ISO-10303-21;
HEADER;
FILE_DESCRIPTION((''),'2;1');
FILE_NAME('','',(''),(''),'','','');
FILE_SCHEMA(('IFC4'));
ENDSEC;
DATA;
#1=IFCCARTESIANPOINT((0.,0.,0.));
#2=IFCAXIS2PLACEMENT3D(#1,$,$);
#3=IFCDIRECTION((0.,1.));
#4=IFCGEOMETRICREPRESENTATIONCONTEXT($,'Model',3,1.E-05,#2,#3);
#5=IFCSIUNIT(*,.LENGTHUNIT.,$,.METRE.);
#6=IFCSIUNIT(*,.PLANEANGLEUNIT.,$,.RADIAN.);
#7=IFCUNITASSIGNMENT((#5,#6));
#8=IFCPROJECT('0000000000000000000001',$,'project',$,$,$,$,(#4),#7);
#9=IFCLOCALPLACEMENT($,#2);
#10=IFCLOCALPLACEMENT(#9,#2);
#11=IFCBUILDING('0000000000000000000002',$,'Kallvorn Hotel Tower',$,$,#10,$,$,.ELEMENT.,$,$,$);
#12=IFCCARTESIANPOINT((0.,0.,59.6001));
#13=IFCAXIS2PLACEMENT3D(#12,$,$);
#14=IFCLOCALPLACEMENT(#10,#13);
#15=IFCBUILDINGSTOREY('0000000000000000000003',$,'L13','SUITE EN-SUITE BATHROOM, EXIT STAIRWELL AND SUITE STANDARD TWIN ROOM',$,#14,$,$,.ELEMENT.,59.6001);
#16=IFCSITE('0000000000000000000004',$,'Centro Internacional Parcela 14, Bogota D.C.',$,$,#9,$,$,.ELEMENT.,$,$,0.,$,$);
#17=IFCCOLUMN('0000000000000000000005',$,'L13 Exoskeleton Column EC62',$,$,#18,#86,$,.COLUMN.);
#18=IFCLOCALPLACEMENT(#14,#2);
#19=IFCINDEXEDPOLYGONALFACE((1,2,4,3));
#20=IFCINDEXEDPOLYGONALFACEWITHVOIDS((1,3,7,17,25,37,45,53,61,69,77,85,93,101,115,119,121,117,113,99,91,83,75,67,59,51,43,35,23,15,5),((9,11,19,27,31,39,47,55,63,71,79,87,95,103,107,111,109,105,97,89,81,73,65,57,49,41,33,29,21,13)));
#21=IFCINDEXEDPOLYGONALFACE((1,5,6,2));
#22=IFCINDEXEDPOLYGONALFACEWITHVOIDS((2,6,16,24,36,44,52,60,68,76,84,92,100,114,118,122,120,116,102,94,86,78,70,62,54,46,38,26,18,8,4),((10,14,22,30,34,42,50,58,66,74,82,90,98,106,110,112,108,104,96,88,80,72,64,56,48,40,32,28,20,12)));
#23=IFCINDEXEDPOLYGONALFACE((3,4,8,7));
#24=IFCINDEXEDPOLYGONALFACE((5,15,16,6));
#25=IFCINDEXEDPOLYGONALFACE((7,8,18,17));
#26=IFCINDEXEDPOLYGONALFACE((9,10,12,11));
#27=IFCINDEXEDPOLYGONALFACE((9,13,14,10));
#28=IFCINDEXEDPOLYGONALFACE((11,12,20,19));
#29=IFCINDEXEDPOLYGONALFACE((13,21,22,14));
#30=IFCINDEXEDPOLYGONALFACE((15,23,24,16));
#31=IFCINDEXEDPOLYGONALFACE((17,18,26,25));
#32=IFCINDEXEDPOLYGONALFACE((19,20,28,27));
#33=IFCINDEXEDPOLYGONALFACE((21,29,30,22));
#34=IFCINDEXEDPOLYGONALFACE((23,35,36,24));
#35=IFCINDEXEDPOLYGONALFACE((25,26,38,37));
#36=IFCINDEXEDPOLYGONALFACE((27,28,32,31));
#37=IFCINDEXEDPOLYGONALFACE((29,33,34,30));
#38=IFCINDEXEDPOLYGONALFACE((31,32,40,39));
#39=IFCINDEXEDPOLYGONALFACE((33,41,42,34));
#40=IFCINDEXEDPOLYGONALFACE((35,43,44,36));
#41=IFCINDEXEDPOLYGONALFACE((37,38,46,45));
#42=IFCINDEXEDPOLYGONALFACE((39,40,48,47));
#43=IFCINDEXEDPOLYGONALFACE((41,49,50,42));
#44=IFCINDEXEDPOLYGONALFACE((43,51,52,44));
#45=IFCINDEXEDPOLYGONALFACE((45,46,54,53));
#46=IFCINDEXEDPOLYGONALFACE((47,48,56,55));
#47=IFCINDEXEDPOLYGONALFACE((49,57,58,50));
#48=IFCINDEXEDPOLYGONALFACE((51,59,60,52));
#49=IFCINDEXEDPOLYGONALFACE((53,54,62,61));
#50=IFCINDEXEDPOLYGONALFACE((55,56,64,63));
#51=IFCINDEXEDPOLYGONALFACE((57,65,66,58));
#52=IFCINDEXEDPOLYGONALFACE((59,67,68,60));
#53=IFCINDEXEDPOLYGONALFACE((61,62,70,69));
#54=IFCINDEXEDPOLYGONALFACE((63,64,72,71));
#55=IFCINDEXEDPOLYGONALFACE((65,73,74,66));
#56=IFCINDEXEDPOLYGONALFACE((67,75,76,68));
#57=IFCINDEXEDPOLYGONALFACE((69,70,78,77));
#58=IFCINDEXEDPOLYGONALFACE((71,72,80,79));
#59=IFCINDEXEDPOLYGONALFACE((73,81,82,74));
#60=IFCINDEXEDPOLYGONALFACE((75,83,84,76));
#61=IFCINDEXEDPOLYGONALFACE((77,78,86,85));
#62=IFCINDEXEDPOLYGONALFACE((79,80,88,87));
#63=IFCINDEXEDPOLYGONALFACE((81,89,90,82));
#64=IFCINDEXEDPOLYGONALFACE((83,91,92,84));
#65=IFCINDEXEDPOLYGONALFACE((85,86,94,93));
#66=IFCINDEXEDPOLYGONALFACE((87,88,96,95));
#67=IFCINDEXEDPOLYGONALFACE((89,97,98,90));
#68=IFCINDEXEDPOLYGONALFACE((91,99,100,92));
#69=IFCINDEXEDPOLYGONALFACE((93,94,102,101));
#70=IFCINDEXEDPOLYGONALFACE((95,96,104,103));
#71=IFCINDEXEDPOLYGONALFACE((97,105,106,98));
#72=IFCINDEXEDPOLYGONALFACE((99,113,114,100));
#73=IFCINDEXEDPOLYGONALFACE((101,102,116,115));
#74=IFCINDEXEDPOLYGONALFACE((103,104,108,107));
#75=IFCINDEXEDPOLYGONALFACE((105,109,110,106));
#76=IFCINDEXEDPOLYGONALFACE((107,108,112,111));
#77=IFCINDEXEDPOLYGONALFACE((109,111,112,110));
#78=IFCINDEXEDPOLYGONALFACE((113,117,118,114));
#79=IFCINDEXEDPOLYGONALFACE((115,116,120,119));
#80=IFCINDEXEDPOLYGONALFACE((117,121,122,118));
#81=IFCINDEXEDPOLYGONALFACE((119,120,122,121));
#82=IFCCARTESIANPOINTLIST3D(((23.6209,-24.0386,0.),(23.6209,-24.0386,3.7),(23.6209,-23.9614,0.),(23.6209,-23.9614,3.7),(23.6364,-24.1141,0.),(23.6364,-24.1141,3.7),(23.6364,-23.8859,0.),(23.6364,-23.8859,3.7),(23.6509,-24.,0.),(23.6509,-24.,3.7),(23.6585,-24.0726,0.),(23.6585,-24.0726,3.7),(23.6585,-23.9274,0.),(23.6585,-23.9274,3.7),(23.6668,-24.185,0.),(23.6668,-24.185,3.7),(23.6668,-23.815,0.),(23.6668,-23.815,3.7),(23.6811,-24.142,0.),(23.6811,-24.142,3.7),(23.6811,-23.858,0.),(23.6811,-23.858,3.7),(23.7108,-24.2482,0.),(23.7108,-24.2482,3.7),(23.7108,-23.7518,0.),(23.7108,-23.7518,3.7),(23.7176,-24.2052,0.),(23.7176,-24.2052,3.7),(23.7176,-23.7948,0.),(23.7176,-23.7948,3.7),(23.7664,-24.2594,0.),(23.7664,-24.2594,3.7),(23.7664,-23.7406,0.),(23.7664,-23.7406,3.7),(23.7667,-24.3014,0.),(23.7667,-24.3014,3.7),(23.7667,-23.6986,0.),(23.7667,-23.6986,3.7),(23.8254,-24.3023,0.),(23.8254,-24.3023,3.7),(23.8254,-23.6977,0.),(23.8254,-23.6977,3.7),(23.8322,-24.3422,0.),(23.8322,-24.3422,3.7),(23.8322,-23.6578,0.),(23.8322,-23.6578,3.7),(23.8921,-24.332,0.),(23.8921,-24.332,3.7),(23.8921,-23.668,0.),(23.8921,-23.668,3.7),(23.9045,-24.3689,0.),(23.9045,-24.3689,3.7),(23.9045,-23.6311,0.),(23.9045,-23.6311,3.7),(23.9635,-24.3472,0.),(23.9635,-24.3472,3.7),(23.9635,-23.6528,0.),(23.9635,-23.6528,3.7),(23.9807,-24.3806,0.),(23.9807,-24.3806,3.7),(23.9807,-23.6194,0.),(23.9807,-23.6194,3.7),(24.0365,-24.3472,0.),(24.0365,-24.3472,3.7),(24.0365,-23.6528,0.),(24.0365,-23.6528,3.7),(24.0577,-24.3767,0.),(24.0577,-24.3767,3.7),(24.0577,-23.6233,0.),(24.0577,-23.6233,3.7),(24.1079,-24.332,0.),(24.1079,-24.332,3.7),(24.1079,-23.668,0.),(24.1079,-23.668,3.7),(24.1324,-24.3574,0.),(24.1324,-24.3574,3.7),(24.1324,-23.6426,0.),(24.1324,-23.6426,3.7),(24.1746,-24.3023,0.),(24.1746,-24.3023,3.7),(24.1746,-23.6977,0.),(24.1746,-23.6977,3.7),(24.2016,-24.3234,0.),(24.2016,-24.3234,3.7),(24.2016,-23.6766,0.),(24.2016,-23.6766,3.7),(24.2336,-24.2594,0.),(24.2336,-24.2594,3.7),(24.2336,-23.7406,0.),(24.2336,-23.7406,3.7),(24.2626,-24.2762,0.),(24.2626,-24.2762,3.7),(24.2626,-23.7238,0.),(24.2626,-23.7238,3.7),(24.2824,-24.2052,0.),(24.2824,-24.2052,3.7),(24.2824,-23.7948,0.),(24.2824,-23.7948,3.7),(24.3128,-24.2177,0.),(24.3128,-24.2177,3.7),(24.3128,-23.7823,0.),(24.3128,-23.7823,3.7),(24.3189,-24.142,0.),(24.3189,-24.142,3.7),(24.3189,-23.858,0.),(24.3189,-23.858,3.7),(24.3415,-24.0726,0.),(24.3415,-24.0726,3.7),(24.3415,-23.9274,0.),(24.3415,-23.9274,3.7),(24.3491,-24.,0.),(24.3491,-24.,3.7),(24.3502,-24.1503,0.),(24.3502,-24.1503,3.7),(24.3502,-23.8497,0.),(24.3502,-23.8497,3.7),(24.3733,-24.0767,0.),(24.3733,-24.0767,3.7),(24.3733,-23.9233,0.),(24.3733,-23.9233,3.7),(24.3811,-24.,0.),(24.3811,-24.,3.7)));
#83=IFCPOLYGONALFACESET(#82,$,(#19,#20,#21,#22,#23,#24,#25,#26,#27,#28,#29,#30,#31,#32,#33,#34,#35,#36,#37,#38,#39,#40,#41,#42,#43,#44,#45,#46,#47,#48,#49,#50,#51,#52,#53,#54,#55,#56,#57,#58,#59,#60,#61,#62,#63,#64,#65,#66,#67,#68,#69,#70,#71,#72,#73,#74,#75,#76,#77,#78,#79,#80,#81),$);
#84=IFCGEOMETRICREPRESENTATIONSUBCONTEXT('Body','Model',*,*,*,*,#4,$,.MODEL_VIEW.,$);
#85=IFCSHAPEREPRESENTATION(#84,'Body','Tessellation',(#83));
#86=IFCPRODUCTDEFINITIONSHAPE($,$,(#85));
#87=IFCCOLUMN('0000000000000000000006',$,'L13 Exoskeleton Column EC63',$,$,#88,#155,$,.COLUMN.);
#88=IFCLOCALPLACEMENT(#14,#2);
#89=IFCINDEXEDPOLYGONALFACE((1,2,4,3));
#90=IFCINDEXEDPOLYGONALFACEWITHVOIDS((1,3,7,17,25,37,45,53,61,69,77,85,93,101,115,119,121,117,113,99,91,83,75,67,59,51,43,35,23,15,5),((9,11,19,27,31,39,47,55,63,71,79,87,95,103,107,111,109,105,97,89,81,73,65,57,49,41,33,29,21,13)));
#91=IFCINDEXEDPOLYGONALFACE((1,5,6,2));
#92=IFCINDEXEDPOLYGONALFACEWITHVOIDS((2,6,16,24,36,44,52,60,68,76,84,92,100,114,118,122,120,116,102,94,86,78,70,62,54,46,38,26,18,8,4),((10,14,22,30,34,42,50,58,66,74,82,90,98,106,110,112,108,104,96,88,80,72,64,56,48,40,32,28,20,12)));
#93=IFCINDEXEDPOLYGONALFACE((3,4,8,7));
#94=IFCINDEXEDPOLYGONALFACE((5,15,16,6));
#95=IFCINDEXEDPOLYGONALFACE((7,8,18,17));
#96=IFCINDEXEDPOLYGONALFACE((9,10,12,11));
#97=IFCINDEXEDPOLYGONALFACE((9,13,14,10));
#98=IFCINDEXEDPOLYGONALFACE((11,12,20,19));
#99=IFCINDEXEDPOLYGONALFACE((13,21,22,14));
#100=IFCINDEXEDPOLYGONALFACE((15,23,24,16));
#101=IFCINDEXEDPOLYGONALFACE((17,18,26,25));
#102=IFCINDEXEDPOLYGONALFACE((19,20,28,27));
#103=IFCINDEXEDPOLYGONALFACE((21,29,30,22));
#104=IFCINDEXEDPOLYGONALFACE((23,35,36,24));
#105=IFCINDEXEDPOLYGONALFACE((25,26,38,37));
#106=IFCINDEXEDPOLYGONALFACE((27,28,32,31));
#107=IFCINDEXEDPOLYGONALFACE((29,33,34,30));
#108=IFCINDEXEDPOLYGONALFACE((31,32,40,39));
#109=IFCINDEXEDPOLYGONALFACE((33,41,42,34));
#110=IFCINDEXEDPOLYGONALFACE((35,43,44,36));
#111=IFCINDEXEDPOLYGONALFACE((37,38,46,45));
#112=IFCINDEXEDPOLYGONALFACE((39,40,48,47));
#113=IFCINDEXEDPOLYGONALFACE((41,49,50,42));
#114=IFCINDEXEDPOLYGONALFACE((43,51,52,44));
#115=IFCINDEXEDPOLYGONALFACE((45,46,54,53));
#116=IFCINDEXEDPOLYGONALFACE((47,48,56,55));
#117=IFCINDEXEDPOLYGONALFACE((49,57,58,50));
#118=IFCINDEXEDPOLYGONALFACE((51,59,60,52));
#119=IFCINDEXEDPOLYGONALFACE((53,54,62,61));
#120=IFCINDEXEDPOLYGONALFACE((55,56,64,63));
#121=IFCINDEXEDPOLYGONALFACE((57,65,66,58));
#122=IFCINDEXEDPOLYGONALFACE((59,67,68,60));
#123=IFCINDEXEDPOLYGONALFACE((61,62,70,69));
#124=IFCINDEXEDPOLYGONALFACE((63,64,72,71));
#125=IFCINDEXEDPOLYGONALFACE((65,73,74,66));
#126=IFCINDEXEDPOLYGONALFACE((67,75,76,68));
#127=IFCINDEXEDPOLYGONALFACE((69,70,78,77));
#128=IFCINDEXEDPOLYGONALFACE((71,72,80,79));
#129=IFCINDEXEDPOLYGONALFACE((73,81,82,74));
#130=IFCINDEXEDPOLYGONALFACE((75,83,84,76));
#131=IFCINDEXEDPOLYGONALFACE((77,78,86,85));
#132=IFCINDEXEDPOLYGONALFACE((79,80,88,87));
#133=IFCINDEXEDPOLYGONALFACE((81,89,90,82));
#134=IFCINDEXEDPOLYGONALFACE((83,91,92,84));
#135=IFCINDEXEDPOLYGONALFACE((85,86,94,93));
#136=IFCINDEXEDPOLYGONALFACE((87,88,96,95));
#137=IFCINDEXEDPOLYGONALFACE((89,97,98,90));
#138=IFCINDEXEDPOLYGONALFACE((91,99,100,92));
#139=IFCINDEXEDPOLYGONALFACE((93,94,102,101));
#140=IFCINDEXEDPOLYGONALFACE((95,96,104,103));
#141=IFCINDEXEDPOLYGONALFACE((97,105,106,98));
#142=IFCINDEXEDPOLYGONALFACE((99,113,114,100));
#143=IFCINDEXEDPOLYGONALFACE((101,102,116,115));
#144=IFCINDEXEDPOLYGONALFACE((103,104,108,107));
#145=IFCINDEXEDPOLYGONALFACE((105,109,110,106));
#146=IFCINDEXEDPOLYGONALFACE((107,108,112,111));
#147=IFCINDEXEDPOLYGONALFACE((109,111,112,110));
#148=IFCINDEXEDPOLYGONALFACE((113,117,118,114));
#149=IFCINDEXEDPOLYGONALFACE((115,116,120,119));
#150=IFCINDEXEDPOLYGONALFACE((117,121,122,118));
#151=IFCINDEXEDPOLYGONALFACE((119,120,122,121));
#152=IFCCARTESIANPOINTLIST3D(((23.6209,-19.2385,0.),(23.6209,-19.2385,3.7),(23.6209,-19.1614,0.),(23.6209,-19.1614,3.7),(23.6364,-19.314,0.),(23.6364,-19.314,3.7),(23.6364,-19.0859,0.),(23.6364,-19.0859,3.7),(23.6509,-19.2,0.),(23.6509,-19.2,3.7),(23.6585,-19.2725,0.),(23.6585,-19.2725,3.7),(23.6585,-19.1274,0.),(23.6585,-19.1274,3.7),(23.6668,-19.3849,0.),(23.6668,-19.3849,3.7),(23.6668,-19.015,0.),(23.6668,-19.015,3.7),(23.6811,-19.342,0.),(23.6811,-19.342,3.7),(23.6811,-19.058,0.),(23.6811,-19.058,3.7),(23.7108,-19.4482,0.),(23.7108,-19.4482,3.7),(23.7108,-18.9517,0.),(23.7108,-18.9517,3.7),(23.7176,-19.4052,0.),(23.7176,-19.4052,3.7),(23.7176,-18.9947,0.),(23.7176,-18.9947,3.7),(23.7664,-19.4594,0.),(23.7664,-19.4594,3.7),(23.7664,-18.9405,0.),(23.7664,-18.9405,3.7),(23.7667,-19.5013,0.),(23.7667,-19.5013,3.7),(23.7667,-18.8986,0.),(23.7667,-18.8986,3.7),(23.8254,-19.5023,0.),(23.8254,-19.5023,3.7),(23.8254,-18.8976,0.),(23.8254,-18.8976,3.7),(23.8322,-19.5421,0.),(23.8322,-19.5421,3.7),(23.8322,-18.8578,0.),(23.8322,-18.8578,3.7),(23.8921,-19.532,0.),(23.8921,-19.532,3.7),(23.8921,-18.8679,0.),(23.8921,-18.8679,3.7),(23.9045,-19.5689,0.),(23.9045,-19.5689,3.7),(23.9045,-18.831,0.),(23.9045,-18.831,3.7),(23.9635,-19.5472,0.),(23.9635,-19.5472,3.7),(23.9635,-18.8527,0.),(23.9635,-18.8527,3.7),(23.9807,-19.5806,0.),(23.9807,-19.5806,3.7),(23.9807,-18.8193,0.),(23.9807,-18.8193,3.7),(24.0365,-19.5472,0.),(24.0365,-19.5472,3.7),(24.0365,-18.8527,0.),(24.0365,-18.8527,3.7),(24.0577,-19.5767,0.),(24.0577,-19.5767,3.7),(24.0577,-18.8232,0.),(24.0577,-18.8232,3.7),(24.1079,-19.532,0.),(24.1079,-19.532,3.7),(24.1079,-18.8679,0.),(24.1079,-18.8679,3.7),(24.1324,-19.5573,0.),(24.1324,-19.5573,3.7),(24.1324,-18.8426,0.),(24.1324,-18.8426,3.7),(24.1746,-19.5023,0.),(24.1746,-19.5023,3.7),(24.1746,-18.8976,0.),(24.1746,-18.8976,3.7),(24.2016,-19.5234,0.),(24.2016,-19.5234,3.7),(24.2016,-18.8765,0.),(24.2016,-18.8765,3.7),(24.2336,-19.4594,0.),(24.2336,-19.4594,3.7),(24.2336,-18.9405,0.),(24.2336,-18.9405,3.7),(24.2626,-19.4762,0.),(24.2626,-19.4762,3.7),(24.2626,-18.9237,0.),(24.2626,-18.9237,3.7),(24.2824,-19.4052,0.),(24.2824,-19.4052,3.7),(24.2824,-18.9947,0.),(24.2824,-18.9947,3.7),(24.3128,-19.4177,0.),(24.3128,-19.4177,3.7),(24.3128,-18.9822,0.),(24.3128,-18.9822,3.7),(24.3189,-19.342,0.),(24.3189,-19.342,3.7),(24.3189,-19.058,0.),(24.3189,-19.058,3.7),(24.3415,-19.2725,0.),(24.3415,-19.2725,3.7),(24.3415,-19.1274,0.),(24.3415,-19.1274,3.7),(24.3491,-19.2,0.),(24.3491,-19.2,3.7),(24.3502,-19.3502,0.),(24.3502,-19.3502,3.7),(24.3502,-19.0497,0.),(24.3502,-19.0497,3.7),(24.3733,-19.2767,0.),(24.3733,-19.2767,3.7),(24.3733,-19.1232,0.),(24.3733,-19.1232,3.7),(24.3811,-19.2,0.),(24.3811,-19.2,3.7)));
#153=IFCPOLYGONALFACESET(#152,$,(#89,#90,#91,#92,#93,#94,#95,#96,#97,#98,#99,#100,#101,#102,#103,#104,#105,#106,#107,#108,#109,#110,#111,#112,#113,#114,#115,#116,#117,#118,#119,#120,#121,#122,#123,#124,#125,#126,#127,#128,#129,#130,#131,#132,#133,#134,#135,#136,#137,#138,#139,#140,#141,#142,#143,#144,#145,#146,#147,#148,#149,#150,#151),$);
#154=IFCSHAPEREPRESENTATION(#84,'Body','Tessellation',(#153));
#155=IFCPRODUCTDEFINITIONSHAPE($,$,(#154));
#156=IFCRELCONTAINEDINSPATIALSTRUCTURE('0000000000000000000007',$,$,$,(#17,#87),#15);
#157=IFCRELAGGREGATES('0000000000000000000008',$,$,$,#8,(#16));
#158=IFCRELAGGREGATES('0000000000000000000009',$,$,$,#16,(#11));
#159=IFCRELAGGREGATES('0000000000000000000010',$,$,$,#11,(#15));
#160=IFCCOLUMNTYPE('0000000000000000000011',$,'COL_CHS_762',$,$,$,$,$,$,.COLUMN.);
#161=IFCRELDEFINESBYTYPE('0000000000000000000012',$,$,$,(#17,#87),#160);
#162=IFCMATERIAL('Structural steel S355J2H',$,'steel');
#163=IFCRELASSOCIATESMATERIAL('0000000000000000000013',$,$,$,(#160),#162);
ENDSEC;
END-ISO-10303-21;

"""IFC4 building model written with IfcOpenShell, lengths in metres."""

from ifc_helpers import new_model, si_unit, direction, frame, origin, origin_2d, place, context, subcontext, project, spatial, hollow_circle, extrude, material, material_profile, profile_set, type_object, element, save


model = new_model("IFC4")

# Units and contexts
model_context = context("Model", 3, precision=1e-05, world=origin(), true_north=direction((0.0, 1.0)))
body_context = subcontext(model_context, "Body", "Model", "MODEL_VIEW")
ifc_project = project(units=[si_unit("LENGTHUNIT", "METRE"), si_unit("PLANEANGLEUNIT", "RADIAN")], contexts=[model_context])

# Site, building, storey
site_placement = place(None, origin())
site = spatial("IfcSite", under=ifc_project, at=site_placement, Name="Centro Internacional Parcela 14, Bogota D.C.", CompositionType="ELEMENT", RefElevation=0.0)
building_placement = place(site_placement, origin())
building = spatial("IfcBuilding", under=site, at=building_placement, Name="Kallvorn Hotel Tower", CompositionType="ELEMENT")
storey_placement = place(building_placement, frame((0.0, 0.0, 59.6001)))
storey = spatial("IfcBuildingStorey", under=building, at=storey_placement, Name="L13", Description="SUITE EN-SUITE BATHROOM, EXIT STAIRWELL AND SUITE STANDARD TWIN ROOM", CompositionType="ELEMENT", Elevation=59.6001)

# Columns
ifc_material_1 = material(Name="Structural steel S355J2H", Category="steel")
ifc_material_profile_1 = material_profile(ifc_material_1, hollow_circle(Radius=0.3811, WallThickness=0.032, at=origin_2d()), Name="CHS 762x32")
ifc_profile_set_1 = profile_set([ifc_material_profile_1], Name="Structural steel S355J2H")
column_type_1 = type_object("IfcColumnType", Name="COL_CHS_762", PredefinedType="COLUMN", material=ifc_profile_set_1)
for number, where, z_axis, x_axis, name in (
    (1, (24.0, -24.0, 0.0), (0.0, 0.0, 1.0), (1.0, 0.0, 0.0), "L13 Exoskeleton Column EC62"),
    (2, (24.0, -19.2, 0.0), (0.0, 0.0, 1.0), (1.0, 0.0, 0.0), "L13 Exoskeleton Column EC63"),
):
    element("IfcColumn", number, at=place(storey_placement, frame(where, z_axis=z_axis, x_axis=x_axis)), inside=storey, type_object=column_type_1, Name=name, PredefinedType="COLUMN", context=body_context, shape_type="SweptSolid", body=[
        extrude(hollow_circle(Radius=0.3811, WallThickness=0.032, at=origin_2d()), origin(), (0.0, 0.0, 1.0), 3.7),
    ])

save(model, "model.ifc")
